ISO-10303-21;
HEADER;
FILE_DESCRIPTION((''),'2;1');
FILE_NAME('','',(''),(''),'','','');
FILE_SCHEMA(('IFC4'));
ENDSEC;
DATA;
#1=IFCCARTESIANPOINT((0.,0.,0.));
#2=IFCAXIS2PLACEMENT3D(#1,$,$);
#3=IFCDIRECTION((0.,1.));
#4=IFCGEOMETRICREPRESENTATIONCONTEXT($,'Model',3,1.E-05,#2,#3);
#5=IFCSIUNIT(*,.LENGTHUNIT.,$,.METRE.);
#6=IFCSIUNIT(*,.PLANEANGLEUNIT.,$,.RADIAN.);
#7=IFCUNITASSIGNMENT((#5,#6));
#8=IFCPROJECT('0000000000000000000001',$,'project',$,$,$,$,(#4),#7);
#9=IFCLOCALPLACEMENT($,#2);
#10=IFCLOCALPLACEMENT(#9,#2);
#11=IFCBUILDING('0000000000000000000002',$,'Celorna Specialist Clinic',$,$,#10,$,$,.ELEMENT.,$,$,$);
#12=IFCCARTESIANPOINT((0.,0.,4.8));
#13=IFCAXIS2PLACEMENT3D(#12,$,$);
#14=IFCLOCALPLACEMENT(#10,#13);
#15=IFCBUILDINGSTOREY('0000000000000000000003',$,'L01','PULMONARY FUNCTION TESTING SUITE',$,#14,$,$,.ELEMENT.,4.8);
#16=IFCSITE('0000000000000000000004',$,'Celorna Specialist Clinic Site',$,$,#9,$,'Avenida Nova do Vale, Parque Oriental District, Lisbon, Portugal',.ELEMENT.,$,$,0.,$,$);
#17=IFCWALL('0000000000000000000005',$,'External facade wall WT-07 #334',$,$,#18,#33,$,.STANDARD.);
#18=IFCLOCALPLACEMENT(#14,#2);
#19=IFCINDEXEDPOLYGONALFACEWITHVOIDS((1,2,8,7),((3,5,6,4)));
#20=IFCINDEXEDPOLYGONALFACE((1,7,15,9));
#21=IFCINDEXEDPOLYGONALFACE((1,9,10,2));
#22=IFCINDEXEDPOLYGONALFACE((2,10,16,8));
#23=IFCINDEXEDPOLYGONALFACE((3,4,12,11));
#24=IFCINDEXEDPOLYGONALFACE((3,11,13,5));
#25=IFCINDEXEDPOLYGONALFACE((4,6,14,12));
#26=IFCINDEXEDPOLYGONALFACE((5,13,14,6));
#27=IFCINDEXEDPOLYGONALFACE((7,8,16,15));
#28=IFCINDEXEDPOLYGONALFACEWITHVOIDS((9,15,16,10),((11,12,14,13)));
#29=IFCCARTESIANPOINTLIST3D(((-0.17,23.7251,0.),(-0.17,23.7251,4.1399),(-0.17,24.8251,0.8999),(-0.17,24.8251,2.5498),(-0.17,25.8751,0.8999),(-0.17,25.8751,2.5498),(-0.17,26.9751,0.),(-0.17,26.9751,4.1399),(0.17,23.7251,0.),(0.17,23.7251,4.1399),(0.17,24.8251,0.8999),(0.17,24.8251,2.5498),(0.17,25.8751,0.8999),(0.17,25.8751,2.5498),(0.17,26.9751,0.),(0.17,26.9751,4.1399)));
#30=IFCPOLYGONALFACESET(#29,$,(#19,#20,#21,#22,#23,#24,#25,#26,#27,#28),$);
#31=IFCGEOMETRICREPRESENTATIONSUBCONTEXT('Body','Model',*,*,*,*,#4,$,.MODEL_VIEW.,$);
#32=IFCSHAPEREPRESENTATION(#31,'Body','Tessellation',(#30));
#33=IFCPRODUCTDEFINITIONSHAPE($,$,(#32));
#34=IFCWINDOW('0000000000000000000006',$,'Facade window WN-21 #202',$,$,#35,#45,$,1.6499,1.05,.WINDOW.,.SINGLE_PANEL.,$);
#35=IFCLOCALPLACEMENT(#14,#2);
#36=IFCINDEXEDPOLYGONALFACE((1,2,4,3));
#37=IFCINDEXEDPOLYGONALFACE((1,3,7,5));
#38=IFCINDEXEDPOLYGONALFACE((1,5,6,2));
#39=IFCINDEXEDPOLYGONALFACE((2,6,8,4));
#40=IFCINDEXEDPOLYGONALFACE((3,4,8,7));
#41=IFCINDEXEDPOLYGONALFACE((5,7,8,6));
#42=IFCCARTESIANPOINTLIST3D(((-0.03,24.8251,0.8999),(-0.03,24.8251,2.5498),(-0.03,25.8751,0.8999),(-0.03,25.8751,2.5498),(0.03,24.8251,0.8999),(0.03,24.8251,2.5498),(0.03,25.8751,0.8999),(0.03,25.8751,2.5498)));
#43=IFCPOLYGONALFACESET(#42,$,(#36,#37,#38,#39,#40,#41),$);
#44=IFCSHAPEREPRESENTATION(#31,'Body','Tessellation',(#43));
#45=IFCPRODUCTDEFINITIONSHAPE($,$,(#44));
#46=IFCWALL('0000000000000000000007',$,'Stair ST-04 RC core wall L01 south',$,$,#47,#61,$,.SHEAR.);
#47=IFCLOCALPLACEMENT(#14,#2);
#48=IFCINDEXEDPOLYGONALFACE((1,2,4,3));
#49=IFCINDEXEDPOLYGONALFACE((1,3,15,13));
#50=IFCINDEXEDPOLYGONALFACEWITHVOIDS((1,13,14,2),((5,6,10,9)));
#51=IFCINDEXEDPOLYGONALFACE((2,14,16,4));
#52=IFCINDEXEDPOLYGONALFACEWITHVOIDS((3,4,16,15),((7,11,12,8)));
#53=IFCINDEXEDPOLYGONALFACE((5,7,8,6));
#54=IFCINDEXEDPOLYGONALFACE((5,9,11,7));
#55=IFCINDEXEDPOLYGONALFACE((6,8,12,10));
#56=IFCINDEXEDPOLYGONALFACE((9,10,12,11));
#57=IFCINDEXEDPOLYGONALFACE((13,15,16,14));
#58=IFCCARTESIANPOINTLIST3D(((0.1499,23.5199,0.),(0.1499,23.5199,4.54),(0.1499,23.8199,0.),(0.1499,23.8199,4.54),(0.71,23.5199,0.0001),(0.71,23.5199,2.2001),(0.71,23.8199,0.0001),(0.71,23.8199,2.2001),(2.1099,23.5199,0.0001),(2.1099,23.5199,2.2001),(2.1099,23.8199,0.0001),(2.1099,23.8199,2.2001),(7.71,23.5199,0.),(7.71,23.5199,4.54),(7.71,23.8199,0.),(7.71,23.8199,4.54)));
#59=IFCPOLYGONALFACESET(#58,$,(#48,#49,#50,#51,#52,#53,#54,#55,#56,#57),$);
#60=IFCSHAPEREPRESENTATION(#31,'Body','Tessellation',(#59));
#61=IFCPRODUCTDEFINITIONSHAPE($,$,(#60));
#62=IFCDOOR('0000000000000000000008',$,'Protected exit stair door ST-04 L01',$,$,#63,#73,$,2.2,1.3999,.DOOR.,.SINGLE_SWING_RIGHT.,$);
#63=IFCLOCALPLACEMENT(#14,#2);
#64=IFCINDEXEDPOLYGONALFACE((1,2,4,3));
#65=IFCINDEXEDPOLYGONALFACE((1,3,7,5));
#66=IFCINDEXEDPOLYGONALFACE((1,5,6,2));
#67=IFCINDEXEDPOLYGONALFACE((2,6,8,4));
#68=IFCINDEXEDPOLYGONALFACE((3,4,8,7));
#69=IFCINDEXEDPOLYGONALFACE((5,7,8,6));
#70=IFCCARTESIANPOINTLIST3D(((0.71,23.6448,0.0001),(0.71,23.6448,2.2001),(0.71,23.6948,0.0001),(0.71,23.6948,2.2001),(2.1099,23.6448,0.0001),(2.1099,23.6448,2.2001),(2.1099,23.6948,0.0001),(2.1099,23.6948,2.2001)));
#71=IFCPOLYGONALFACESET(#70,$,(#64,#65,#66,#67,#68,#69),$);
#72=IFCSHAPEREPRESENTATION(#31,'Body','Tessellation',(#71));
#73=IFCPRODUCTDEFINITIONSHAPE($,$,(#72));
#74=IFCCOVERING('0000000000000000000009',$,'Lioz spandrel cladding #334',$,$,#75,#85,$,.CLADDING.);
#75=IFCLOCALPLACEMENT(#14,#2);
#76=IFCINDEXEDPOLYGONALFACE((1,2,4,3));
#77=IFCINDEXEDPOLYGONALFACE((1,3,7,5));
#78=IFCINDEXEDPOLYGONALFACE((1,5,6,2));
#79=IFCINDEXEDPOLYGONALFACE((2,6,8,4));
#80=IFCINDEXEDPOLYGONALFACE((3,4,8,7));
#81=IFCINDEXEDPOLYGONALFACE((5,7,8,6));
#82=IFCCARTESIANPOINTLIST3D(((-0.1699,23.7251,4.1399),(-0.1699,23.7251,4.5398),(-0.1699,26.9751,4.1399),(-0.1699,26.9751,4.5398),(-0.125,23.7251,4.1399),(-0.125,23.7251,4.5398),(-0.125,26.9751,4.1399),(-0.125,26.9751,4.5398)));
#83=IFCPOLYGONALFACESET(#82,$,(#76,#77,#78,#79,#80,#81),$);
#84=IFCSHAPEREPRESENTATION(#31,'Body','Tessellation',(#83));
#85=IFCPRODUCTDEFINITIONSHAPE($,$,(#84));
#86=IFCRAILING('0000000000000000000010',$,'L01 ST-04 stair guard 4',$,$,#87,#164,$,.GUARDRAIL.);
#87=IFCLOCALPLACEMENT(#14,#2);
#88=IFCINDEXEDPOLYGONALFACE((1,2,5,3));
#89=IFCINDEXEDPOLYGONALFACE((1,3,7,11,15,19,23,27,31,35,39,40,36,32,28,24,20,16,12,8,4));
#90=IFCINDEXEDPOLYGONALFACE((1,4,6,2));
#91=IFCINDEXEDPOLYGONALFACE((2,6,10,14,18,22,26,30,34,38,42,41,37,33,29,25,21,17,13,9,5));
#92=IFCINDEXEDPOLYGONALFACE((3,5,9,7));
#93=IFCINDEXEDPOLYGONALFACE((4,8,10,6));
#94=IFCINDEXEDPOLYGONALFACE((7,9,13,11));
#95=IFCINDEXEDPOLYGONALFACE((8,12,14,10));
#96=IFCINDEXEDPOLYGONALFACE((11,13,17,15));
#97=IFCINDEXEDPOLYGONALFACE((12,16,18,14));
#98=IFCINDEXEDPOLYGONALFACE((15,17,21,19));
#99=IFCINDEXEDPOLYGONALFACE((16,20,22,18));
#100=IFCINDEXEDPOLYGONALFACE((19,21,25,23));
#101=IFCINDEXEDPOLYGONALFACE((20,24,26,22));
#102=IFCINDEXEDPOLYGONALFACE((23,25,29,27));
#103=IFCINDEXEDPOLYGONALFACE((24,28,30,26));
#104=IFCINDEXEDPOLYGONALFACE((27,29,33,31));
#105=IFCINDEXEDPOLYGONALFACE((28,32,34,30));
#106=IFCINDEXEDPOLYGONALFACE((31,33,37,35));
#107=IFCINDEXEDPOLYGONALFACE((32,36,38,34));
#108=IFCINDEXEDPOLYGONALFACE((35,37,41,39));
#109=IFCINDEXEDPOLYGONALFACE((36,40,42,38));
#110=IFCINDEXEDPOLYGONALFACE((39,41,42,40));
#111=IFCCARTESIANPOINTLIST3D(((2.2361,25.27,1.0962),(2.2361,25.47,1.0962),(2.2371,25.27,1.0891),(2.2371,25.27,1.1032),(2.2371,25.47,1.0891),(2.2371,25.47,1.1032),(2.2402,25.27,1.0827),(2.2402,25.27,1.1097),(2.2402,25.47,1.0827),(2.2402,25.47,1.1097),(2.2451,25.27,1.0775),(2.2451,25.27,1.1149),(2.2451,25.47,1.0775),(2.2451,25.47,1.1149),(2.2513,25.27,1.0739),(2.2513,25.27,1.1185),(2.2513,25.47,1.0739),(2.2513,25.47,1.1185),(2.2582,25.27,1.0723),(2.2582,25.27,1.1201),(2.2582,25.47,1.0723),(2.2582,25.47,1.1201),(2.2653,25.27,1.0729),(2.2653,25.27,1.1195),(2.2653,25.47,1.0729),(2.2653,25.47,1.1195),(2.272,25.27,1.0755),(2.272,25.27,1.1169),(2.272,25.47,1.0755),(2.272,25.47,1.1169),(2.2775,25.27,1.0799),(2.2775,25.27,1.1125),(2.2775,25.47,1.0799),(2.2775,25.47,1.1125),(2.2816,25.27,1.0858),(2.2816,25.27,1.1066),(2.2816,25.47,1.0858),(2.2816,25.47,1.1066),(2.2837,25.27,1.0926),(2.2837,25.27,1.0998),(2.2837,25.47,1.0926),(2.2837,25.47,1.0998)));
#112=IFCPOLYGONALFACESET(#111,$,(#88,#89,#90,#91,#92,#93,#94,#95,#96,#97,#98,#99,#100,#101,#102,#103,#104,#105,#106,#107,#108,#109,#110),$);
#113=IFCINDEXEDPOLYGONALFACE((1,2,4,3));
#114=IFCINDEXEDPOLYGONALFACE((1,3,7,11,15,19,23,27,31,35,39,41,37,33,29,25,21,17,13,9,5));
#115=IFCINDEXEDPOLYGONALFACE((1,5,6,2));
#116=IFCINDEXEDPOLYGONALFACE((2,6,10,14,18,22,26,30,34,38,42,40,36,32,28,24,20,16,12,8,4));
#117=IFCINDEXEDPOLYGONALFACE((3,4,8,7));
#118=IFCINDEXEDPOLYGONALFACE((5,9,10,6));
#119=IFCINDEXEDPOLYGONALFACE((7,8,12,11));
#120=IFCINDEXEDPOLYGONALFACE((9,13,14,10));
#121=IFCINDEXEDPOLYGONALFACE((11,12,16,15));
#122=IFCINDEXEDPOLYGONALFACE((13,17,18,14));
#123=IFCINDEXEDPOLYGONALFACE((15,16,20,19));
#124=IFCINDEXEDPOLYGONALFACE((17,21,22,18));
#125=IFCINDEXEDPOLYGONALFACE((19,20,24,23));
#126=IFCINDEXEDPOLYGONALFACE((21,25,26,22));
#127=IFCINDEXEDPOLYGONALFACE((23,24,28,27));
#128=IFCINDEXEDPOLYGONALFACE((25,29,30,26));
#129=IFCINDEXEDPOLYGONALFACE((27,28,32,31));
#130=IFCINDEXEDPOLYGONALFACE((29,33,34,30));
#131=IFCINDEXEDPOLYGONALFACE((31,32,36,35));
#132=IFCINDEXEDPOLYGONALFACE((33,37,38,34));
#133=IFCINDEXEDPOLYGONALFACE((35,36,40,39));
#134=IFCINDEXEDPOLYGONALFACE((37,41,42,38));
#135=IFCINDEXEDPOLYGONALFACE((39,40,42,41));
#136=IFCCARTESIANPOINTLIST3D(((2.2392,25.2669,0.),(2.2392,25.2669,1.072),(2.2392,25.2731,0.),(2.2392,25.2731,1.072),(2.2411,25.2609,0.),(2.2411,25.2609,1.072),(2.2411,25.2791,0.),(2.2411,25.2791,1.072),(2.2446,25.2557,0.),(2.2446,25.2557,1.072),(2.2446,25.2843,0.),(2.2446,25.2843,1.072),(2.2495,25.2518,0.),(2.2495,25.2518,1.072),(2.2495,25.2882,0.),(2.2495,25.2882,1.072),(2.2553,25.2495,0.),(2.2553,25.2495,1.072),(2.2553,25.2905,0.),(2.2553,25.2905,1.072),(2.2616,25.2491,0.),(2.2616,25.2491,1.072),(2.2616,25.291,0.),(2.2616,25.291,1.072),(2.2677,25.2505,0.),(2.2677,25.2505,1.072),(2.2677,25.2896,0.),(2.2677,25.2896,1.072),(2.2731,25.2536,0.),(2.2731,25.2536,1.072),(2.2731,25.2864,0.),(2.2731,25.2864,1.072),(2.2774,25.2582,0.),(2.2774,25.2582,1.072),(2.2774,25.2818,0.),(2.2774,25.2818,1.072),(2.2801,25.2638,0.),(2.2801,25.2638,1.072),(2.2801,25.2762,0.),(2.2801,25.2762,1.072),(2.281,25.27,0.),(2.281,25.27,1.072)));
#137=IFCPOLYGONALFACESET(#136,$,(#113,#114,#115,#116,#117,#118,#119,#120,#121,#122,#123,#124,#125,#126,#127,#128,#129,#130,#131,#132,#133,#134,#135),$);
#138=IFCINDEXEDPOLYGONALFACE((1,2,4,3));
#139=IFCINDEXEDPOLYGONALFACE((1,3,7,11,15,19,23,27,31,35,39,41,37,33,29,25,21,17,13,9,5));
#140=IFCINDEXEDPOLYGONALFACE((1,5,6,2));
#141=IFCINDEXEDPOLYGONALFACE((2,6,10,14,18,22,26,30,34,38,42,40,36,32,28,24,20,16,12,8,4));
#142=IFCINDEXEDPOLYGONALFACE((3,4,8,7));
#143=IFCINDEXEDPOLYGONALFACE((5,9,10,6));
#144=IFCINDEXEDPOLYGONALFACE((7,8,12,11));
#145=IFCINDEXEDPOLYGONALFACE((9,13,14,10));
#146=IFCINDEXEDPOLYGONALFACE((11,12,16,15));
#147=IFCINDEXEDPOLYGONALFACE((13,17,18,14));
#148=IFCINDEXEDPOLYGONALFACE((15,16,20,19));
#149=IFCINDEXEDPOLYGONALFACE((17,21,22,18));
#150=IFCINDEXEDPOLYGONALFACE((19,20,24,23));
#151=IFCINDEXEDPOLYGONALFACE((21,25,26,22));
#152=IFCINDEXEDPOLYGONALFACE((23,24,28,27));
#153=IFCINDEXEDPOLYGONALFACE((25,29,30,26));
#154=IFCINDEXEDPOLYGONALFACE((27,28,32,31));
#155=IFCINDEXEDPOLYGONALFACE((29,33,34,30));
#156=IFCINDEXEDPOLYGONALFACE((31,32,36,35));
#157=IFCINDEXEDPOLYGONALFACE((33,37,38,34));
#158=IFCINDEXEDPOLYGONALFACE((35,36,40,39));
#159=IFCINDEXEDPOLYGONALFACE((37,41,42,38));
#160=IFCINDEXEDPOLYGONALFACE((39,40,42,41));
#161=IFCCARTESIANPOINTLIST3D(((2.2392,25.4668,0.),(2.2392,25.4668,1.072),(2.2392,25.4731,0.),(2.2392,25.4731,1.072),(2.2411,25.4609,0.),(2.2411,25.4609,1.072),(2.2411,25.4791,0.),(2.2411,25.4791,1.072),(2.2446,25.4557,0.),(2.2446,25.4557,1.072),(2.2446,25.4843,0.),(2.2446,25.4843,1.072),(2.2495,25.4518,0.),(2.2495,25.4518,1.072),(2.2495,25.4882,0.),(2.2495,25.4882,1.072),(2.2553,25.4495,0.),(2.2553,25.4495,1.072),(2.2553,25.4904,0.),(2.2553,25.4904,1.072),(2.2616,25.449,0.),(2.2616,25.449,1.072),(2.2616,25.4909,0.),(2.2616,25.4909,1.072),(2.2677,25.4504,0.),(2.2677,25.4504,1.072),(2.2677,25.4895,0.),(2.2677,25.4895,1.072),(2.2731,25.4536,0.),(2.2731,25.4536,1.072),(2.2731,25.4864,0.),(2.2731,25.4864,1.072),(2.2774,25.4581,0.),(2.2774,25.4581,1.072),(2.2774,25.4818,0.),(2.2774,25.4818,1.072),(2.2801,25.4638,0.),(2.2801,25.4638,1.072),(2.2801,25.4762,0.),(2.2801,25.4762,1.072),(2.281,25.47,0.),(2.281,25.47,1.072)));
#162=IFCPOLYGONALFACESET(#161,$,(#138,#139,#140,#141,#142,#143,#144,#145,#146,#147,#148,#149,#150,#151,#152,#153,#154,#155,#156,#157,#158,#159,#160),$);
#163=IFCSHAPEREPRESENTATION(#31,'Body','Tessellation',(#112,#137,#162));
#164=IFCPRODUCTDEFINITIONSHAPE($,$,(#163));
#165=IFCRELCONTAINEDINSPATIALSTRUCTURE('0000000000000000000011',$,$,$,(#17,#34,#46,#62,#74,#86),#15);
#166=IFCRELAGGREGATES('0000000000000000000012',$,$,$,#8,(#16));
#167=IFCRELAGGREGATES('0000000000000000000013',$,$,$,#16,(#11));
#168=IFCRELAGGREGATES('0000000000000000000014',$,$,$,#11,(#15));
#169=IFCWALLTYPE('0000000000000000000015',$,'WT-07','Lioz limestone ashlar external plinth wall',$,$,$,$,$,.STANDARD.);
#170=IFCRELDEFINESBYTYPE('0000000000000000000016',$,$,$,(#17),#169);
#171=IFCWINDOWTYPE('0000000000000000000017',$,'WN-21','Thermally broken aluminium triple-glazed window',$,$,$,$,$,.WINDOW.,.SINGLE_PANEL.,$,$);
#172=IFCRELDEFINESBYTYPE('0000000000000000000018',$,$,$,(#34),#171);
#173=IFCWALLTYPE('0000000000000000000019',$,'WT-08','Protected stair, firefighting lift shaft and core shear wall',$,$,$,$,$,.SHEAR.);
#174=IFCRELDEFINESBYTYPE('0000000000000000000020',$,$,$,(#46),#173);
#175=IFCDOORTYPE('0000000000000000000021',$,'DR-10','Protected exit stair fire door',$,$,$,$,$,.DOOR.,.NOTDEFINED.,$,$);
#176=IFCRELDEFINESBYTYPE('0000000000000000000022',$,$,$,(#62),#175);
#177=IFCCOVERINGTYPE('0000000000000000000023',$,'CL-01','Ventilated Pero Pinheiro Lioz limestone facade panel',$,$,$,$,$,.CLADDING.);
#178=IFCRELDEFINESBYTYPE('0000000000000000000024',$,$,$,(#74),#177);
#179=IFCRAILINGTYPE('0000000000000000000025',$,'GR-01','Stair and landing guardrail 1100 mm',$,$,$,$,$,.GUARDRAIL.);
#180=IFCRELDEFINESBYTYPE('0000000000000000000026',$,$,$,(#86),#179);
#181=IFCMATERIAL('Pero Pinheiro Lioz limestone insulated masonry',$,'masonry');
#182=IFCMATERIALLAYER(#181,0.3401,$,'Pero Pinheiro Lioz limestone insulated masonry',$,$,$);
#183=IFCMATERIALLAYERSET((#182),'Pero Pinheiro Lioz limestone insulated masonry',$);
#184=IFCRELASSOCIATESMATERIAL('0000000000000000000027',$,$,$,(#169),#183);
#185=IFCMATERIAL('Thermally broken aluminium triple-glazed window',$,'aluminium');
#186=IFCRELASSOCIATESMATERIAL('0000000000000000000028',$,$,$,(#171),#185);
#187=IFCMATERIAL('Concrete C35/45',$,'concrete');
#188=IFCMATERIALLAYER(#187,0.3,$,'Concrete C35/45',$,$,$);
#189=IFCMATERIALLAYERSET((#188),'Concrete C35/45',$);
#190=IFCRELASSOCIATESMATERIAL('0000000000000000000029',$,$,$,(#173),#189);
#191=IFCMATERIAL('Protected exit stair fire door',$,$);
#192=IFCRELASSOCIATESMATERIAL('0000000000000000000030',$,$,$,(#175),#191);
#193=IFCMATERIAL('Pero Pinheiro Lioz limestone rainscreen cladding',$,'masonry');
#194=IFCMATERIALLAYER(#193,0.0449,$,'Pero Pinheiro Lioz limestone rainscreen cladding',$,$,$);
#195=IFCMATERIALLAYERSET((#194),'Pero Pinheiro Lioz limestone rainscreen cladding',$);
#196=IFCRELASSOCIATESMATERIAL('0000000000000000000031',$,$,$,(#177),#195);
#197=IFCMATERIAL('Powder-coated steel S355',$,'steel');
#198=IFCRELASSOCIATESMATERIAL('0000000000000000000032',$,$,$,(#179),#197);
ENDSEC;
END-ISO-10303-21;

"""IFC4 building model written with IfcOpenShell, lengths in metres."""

from ifc_helpers import new_model, si_unit, direction, frame, frame_2d, origin, origin_2d, place, context, subcontext, project, spatial, rectangle, circle, extrude, material, layer, layer_set, type_object, element, fill, save


model = new_model("IFC4")

# Units and contexts
model_context = context("Model", 3, precision=1e-05, world=origin(), true_north=direction((0.0, 1.0)))
body_context = subcontext(model_context, "Body", "Model", "MODEL_VIEW")
ifc_project = project(units=[si_unit("LENGTHUNIT", "METRE"), si_unit("PLANEANGLEUNIT", "RADIAN")], contexts=[model_context])

# Site, building, storey
site_placement = place(None, origin())
site = spatial("IfcSite", under=ifc_project, at=site_placement, Name="Celorna Specialist Clinic Site", LongName="Avenida Nova do Vale, Parque Oriental District, Lisbon, Portugal", CompositionType="ELEMENT", RefElevation=0.0)
building_placement = place(site_placement, origin())
building = spatial("IfcBuilding", under=site, at=building_placement, Name="Celorna Specialist Clinic", CompositionType="ELEMENT")
storey_placement = place(building_placement, frame((0.0, 0.0, 4.8)))
storey = spatial("IfcBuildingStorey", under=building, at=storey_placement, Name="L01", Description="PULMONARY FUNCTION TESTING SUITE", CompositionType="ELEMENT", Elevation=4.8)

# Wall, opening, window
ifc_material_1 = material(Name="Pero Pinheiro Lioz limestone insulated masonry", Category="masonry")
ifc_layer_1 = layer(ifc_material_1, 0.3401, Name="Pero Pinheiro Lioz limestone insulated masonry")
ifc_layer_set_1 = layer_set([ifc_layer_1], Name="Pero Pinheiro Lioz limestone insulated masonry")
wall_type_1 = type_object("IfcWallType", Name="WT-07", Description="Lioz limestone ashlar external plinth wall", PredefinedType="STANDARD", material=ifc_layer_set_1)
wall_1_placement = place(storey_placement, frame((0.0, 23.7251, 0.0), z_axis=(0.0, 0.0, 1.0), x_axis=(0.0, 1.0, 0.0)))
wall_1 = element("IfcWall", 1, at=wall_1_placement, inside=storey, type_object=wall_type_1, Name="External facade wall WT-07 #334", PredefinedType="STANDARD", context=body_context, shape_type="SweptSolid", body=[
    extrude(rectangle(XDim=3.25, YDim=0.3401, at=frame_2d((1.625, 0.0))), origin(), (0.0, 0.0, 1.0), 4.1399),
])
opening_1_placement = place(wall_1_placement, frame((1.1001, 0.0, 0.8999)))
opening_1 = element("IfcOpeningElement", 2, at=opening_1_placement, cuts=wall_1, PredefinedType="OPENING", context=body_context, shape_type="SweptSolid", body=[
    extrude(rectangle(XDim=1.05, YDim=1.6499, at=frame_2d((0.5249, 0.825))), frame((0.0, 0.1799, 0.0), z_axis=(0.0, -1.0, 0.0), x_axis=(1.0, 0.0, 0.0)), (0.0, 0.0, 1.0), 0.3601),
])
ifc_material_2 = material(Name="Thermally broken aluminium triple-glazed window", Category="aluminium")
window_type = type_object("IfcWindowType", Name="WN-21", Description="Thermally broken aluminium triple-glazed window", PartitioningType="SINGLE_PANEL", PredefinedType="WINDOW", material=ifc_material_2)
window_placement = place(opening_1_placement, origin())
window = element("IfcWindow", 3, at=window_placement, inside=storey, type_object=window_type, Name="Facade window WN-21 #202", OverallHeight=1.6499, OverallWidth=1.05, PartitioningType="SINGLE_PANEL", PredefinedType="WINDOW", context=body_context, shape_type="SweptSolid", body=[
    extrude(rectangle(XDim=1.05, YDim=1.6499, at=frame_2d((0.5249, 0.825))), frame((0.0, 0.03, 0.0), z_axis=(0.0, -1.0, 0.0), x_axis=(1.0, 0.0, 0.0)), (0.0, 0.0, 1.0), 0.0601),
])
fill(opening_1, window)

# Wall, opening, door
ifc_material_3 = material(Name="Concrete C35/45", Category="concrete")
ifc_layer_2 = layer(ifc_material_3, 0.3, Name="Concrete C35/45")
ifc_layer_set_2 = layer_set([ifc_layer_2], Name="Concrete C35/45")
wall_type_2 = type_object("IfcWallType", Name="WT-08", Description="Protected stair, firefighting lift shaft and core shear wall", PredefinedType="SHEAR", material=ifc_layer_set_2)
wall_2_placement = place(storey_placement, frame((0.1499, 23.6699, 0.0), z_axis=(0.0, 0.0, 1.0), x_axis=(1.0, 0.0, 0.0)))
wall_2 = element("IfcWall", 4, at=wall_2_placement, inside=storey, type_object=wall_type_2, Name="Stair ST-04 RC core wall L01 south", PredefinedType="SHEAR", context=body_context, shape_type="SweptSolid", body=[
    extrude(rectangle(XDim=7.5601, YDim=0.3, at=frame_2d((3.78, 0.0))), origin(), (0.0, 0.0, 1.0), 4.54),
])
opening_2_placement = place(wall_2_placement, frame((0.5601, 0.0, 0.0)))
opening_2 = element("IfcOpeningElement", 5, at=opening_2_placement, cuts=wall_2, PredefinedType="OPENING", context=body_context, shape_type="SweptSolid", body=[
    extrude(rectangle(XDim=1.3999, YDim=2.2, at=frame_2d((0.7, 1.1001))), frame((0.0, 0.1599, 0.0), z_axis=(0.0, -1.0, 0.0), x_axis=(1.0, 0.0, 0.0)), (0.0, 0.0, 1.0), 0.3201),
])
ifc_material_4 = material(Name="Protected exit stair fire door")
door_type = type_object("IfcDoorType", Name="DR-10", Description="Protected exit stair fire door", OperationType="NOTDEFINED", PredefinedType="DOOR", material=ifc_material_4)
door_placement = place(opening_2_placement, origin())
door = element("IfcDoor", 6, at=door_placement, inside=storey, type_object=door_type, Name="Protected exit stair door ST-04 L01", OperationType="SINGLE_SWING_RIGHT", OverallHeight=2.2, OverallWidth=1.3999, PredefinedType="DOOR", context=body_context, shape_type="SweptSolid", body=[
    extrude(rectangle(XDim=1.3999, YDim=2.2, at=frame_2d((0.7, 1.1001))), frame((0.0, 0.0249, 0.0), z_axis=(0.0, -1.0, 0.0), x_axis=(1.0, 0.0, 0.0)), (0.0, 0.0, 1.0), 0.05),
])
fill(opening_2, door)

# Covering
ifc_material_5 = material(Name="Pero Pinheiro Lioz limestone rainscreen cladding", Category="masonry")
ifc_layer_3 = layer(ifc_material_5, 0.0449, Name="Pero Pinheiro Lioz limestone rainscreen cladding")
ifc_layer_set_3 = layer_set([ifc_layer_3], Name="Pero Pinheiro Lioz limestone rainscreen cladding")
covering_type = type_object("IfcCoveringType", Name="CL-01", Description="Ventilated Pero Pinheiro Lioz limestone facade panel", PredefinedType="CLADDING", material=ifc_layer_set_3)
covering_placement = place(storey_placement, frame((-0.1475, 25.3501, 4.1399), z_axis=(0.0, 0.0, 1.0), x_axis=(0.0, 1.0, 0.0)))
element("IfcCovering", 7, at=covering_placement, inside=storey, type_object=covering_type, Name="Lioz spandrel cladding #334", PredefinedType="CLADDING", context=body_context, shape_type="SweptSolid", body=[
    extrude(rectangle(XDim=3.25, YDim=0.0449, at=origin_2d()), origin(), (0.0, 0.0, 1.0), 0.3999),
])

# Railing
ifc_material_6 = material(Name="Powder-coated steel S355", Category="steel")
railing_type_1 = type_object("IfcRailingType", Name="GR-01", Description="Stair and landing guardrail 1100 mm", PredefinedType="GUARDRAIL", material=ifc_material_6)
railing_1_placement = place(storey_placement, frame((2.26, 25.27, 0.0)))
element("IfcRailing", 8, at=railing_1_placement, inside=storey, type_object=railing_type_1, Name="L01 ST-04 stair guard 4", PredefinedType="GUARDRAIL", context=body_context, shape_type="SweptSolid", body=[
    extrude(circle(Radius=0.0239, at=origin_2d()), frame((0.0, 0.0, 1.0962), z_axis=(0.0, 1.0, 0.0), x_axis=(-1.0, 0.0, 0.0)), (0.0, 0.0, 1.0), 0.2),
    extrude(circle(Radius=0.021, at=origin_2d()), origin(), (0.0, 0.0, 1.0), 1.072),
    extrude(circle(Radius=0.021, at=origin_2d()), frame((0.0, 0.2, 0.0)), (0.0, 0.0, 1.0), 1.072),
])

save(model, "model.ifc")
